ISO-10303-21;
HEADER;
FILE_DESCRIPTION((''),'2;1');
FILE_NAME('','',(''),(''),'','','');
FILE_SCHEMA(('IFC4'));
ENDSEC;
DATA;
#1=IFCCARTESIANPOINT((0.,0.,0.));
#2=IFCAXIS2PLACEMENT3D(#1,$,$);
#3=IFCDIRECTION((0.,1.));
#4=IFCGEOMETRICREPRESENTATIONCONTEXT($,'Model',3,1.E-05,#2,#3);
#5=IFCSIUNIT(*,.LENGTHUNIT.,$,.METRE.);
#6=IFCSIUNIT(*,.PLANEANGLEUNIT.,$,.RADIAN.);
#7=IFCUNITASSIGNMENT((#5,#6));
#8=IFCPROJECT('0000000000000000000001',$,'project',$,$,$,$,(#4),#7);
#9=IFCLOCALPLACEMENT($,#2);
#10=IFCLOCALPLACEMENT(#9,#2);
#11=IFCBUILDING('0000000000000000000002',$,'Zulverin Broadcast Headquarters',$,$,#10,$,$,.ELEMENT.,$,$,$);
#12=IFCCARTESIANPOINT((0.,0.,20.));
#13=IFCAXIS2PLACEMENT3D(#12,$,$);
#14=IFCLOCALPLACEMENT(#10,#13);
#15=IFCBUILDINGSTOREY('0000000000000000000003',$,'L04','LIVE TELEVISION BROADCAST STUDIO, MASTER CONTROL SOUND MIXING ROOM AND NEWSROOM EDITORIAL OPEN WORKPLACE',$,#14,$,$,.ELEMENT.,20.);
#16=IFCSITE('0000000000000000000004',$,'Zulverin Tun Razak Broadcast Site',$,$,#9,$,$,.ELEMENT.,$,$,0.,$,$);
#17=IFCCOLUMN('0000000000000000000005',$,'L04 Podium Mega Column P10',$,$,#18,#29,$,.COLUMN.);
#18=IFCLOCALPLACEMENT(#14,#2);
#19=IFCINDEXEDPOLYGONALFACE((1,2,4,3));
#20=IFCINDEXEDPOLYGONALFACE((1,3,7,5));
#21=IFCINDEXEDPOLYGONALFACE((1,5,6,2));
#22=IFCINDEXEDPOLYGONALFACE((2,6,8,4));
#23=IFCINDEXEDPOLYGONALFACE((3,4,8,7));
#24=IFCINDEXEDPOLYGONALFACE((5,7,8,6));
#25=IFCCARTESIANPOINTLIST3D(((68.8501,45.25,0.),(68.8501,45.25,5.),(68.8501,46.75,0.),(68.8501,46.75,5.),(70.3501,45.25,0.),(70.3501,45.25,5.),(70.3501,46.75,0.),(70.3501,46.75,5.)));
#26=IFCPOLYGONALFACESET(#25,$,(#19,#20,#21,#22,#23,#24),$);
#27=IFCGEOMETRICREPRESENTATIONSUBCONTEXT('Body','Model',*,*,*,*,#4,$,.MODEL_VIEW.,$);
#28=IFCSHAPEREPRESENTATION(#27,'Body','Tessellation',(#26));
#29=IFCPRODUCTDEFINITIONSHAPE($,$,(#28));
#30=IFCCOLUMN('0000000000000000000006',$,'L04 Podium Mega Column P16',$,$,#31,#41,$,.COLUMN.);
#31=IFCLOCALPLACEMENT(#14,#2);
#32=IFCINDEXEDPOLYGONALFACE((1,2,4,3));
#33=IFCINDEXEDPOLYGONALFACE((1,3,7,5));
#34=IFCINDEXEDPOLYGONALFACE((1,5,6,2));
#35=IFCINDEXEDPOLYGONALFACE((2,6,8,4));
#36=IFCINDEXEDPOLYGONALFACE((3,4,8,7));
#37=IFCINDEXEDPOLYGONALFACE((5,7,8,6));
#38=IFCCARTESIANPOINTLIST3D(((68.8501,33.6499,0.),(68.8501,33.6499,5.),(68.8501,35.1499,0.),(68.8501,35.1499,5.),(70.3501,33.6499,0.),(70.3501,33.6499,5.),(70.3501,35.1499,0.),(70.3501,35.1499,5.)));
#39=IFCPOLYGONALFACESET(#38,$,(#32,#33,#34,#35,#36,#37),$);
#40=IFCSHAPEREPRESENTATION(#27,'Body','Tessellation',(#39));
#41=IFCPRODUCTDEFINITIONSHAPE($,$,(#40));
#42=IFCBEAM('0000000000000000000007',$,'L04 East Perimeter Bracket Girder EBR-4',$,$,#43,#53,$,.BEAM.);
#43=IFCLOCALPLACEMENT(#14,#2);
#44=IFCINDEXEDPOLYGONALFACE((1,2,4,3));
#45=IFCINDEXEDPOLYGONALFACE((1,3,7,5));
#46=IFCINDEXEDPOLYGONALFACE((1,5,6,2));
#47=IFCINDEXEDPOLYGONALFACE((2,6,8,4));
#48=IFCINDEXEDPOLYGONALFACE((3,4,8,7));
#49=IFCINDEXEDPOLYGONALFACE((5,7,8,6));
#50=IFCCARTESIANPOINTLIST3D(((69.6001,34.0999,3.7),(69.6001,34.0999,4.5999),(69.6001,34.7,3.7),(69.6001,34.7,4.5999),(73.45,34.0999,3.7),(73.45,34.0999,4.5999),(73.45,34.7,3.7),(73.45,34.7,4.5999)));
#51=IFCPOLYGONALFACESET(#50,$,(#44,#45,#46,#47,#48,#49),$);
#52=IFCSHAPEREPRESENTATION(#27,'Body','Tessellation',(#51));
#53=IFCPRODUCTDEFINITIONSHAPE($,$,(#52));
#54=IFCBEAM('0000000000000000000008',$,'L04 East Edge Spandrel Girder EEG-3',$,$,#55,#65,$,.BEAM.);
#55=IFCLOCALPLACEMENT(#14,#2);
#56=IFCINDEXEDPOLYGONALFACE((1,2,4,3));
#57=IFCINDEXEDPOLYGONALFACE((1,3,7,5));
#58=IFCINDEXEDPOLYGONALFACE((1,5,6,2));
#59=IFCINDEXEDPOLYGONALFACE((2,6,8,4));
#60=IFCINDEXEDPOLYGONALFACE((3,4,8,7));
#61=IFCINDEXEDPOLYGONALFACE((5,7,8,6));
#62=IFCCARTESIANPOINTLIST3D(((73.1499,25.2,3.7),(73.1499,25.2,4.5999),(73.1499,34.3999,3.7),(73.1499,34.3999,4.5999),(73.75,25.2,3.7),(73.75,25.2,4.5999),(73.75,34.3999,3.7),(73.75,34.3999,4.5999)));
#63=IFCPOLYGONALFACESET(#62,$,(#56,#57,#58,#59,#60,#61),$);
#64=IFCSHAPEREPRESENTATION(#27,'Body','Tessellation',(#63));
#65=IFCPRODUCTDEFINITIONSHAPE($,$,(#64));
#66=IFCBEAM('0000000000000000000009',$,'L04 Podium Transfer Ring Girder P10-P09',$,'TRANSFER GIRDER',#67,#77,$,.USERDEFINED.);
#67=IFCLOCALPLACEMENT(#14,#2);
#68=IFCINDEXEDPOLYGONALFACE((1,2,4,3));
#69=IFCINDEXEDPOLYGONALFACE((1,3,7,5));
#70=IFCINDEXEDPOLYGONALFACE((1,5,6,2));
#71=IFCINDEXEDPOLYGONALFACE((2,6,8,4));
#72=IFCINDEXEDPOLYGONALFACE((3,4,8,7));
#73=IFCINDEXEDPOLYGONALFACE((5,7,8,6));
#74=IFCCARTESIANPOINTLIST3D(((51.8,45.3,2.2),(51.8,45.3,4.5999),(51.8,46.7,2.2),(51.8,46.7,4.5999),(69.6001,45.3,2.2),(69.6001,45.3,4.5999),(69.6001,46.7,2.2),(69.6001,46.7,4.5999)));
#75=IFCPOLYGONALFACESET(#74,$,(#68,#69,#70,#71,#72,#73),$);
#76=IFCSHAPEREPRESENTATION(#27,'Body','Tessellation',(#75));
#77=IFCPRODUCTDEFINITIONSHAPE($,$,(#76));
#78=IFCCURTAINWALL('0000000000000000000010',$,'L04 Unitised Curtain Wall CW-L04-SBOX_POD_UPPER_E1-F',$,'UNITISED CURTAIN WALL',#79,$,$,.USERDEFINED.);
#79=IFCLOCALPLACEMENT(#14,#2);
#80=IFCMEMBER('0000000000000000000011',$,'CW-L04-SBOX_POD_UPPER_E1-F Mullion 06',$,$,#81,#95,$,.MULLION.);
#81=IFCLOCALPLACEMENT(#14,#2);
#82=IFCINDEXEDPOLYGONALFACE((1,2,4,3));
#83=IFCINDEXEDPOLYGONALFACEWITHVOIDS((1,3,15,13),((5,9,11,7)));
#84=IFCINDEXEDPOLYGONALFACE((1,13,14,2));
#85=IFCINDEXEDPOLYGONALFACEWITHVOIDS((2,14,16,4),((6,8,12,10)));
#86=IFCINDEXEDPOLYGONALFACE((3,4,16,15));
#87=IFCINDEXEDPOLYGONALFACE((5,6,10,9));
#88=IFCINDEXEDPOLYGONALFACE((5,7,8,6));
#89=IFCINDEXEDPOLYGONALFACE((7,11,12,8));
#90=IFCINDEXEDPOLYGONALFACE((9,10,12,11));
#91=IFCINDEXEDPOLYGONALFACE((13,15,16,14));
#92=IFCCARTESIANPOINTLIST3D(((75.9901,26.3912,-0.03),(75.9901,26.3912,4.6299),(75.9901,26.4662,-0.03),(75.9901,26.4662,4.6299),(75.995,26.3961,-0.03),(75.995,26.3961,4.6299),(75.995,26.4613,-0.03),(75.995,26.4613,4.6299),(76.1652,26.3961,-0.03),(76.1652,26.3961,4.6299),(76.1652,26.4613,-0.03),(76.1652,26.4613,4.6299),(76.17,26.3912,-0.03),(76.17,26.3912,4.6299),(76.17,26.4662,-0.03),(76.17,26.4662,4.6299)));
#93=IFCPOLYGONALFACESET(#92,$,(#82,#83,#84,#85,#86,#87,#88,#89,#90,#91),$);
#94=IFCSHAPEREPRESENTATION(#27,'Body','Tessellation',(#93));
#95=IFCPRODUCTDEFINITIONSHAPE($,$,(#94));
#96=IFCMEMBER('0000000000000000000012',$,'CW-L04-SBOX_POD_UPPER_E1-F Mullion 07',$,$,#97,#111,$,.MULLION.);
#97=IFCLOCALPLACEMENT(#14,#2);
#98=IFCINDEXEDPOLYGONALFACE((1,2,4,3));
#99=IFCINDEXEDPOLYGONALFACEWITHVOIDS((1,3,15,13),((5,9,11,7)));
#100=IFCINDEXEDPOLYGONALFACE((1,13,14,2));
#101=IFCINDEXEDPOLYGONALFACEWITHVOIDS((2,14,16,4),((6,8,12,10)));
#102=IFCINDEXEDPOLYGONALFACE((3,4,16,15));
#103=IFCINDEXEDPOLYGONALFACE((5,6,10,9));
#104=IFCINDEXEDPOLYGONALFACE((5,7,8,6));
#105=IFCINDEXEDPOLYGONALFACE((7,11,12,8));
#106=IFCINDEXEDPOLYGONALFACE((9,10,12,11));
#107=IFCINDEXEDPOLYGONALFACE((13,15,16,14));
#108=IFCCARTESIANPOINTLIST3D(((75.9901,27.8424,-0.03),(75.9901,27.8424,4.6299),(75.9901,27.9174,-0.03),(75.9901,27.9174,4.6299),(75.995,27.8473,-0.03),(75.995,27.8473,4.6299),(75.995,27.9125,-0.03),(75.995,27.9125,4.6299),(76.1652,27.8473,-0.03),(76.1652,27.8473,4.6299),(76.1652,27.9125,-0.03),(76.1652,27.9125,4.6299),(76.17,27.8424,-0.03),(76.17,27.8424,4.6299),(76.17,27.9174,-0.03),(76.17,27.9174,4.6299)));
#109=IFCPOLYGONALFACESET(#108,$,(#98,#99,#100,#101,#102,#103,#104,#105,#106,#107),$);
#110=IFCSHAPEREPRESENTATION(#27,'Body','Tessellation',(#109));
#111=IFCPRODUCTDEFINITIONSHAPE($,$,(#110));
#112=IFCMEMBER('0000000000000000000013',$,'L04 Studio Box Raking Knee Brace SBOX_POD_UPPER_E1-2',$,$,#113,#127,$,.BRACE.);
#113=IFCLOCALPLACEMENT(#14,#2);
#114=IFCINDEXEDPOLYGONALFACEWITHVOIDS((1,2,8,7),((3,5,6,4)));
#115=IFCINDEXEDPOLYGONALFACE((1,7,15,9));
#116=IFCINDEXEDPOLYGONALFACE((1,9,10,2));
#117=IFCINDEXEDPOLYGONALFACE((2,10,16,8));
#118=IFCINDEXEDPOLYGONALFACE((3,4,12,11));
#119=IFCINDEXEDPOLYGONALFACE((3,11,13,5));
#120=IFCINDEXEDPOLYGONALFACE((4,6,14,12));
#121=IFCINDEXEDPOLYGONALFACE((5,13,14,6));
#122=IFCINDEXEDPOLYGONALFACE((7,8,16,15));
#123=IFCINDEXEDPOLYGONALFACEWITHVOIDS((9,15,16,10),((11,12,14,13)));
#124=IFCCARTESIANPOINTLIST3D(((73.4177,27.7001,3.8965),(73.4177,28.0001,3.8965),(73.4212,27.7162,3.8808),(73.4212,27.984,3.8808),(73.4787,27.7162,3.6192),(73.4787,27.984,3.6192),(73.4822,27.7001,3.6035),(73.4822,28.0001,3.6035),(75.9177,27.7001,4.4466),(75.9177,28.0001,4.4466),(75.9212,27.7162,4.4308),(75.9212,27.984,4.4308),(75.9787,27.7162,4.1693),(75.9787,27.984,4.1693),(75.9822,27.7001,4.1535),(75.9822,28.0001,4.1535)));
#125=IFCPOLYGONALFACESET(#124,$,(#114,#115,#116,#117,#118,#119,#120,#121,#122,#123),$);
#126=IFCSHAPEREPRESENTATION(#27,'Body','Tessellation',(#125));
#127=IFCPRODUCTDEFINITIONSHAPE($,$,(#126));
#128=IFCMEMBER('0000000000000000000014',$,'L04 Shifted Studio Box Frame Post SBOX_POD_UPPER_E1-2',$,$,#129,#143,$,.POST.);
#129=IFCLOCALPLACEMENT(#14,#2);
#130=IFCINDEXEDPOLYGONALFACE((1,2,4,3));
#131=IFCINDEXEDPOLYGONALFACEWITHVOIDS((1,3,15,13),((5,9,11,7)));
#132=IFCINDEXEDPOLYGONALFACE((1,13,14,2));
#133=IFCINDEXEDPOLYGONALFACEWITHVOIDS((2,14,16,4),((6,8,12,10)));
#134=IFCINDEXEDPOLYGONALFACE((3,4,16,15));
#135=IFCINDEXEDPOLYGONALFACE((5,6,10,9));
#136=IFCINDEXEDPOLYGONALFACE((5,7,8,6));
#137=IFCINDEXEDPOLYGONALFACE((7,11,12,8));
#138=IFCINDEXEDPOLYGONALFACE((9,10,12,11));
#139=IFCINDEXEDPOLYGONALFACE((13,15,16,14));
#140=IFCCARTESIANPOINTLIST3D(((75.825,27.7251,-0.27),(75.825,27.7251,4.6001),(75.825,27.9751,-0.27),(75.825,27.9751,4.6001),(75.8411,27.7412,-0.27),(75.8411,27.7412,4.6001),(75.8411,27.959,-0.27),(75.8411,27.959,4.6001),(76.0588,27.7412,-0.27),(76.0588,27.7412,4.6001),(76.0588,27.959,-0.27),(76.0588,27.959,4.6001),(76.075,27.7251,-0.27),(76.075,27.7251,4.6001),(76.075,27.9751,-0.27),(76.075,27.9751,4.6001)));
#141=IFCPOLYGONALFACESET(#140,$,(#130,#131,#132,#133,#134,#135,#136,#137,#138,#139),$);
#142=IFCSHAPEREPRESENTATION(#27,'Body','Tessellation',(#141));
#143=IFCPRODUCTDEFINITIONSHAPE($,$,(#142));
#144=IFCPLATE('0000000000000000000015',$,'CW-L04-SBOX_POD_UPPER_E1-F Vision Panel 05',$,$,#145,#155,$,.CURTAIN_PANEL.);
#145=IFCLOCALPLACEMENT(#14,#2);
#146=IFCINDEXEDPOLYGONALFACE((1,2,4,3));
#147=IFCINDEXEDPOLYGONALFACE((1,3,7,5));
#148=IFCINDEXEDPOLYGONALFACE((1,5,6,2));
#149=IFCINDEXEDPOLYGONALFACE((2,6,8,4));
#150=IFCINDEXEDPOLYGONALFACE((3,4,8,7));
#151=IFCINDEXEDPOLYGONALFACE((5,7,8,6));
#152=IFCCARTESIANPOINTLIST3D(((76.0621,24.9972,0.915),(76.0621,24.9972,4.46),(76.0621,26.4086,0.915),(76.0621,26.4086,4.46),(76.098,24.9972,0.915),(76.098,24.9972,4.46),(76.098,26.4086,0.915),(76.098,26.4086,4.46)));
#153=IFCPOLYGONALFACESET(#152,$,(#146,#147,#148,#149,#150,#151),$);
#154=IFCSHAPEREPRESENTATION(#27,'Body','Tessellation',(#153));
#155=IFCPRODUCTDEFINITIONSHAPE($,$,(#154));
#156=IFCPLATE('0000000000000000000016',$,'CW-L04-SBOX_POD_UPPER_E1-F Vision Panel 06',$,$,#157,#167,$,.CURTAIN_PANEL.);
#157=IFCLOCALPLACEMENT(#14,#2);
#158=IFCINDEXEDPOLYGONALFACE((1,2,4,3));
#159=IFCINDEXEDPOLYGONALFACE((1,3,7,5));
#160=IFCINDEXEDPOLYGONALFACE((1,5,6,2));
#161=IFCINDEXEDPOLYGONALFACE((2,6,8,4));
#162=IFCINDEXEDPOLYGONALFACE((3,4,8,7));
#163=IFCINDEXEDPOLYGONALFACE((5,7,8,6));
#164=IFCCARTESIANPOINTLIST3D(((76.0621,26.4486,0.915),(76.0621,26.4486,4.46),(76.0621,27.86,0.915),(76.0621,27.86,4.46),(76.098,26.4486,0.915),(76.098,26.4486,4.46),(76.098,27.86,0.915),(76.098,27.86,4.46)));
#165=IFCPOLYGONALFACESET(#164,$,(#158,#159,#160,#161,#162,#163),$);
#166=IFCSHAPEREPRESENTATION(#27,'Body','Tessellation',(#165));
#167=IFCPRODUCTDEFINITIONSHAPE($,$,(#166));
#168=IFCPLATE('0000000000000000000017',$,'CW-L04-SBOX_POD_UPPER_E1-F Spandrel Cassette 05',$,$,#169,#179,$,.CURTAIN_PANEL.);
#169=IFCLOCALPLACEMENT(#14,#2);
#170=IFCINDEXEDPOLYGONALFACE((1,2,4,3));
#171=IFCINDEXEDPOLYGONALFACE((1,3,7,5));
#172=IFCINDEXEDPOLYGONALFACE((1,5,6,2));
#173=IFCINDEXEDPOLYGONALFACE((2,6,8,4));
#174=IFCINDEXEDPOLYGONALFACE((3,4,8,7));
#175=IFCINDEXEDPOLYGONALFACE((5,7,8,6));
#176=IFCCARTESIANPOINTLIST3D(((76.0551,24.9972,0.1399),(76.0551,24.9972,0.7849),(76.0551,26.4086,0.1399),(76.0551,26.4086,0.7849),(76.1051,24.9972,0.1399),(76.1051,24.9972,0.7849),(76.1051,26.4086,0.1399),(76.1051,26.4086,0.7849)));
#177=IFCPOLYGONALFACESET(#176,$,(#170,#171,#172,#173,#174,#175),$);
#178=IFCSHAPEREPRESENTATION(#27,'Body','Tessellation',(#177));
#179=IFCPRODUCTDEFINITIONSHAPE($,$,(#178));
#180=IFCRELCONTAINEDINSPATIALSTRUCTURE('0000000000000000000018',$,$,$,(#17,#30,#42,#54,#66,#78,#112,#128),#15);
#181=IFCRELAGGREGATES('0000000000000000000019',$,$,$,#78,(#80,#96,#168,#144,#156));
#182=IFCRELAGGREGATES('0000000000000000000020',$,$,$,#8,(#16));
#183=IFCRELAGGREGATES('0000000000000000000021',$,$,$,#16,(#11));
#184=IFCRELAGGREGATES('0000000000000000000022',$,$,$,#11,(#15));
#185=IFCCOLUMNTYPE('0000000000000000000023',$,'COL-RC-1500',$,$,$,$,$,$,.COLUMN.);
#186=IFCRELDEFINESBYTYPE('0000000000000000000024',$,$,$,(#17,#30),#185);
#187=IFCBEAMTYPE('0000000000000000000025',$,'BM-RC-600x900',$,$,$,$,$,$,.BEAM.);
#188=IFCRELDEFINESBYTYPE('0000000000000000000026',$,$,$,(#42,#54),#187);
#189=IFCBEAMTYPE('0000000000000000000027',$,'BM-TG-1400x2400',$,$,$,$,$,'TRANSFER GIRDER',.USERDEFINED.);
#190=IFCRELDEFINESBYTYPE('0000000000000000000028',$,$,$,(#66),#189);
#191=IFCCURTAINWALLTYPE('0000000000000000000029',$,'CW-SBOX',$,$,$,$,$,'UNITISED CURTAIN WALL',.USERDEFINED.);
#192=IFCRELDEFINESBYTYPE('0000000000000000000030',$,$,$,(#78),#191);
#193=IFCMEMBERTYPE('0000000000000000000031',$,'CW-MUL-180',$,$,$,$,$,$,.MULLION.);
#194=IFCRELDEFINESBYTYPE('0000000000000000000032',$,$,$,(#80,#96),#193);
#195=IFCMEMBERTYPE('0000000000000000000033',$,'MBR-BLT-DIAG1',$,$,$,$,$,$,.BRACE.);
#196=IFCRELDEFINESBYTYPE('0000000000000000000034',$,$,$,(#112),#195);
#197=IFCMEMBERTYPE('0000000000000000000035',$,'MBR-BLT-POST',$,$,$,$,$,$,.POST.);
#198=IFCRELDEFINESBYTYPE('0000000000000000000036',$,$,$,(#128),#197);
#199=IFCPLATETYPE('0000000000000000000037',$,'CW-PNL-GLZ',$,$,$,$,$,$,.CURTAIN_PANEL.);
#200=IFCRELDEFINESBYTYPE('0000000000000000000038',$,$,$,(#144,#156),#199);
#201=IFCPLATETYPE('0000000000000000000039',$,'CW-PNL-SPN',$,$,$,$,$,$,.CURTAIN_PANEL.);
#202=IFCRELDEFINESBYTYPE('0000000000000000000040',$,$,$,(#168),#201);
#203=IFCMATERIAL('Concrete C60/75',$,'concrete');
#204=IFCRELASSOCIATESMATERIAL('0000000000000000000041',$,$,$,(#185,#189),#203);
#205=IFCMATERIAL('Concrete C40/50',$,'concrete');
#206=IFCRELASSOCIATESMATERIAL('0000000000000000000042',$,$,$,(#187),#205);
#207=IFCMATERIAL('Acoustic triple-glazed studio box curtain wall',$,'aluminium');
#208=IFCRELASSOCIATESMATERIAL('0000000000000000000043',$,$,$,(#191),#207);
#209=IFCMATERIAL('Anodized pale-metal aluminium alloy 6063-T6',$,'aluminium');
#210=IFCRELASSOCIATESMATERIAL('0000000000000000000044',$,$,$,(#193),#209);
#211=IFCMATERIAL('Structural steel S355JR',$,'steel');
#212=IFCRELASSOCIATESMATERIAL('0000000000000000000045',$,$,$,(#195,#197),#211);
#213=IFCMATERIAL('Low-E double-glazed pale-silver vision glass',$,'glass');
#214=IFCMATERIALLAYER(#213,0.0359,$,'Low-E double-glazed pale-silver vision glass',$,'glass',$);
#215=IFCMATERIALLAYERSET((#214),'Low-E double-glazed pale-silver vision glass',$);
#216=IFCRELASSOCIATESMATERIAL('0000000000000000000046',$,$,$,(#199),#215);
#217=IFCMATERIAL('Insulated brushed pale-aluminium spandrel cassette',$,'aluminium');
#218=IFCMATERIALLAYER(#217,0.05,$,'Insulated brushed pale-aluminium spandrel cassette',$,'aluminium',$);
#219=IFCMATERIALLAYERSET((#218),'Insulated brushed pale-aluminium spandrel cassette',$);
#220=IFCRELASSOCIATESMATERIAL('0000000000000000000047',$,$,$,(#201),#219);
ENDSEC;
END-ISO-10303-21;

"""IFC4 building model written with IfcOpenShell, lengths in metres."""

from ifc_helpers import new_model, si_unit, direction, frame, origin, origin_2d, place, context, subcontext, project, spatial, rectangle, hollow_rectangle, extrude, material, layer, layer_set, material_profile, profile_set, type_object, element, aggregate, save


model = new_model("IFC4")

# Units and contexts
model_context = context("Model", 3, precision=1e-05, world=origin(), true_north=direction((0.0, 1.0)))
body_context = subcontext(model_context, "Body", "Model", "MODEL_VIEW")
ifc_project = project(units=[si_unit("LENGTHUNIT", "METRE"), si_unit("PLANEANGLEUNIT", "RADIAN")], contexts=[model_context])

# Site, building, storey
site_placement = place(None, origin())
site = spatial("IfcSite", under=ifc_project, at=site_placement, Name="Zulverin Tun Razak Broadcast Site", CompositionType="ELEMENT", RefElevation=0.0)
building_placement = place(site_placement, origin())
building = spatial("IfcBuilding", under=site, at=building_placement, Name="Zulverin Broadcast Headquarters", CompositionType="ELEMENT")
storey_placement = place(building_placement, frame((0.0, 0.0, 20.0)))
storey = spatial("IfcBuildingStorey", under=building, at=storey_placement, Name="L04", Description="LIVE TELEVISION BROADCAST STUDIO, MASTER CONTROL SOUND MIXING ROOM AND NEWSROOM EDITORIAL OPEN WORKPLACE", CompositionType="ELEMENT", Elevation=20.0)

# Columns
ifc_material_1 = material(Name="Concrete C60/75", Category="concrete")
ifc_material_profile_1 = material_profile(ifc_material_1, rectangle(XDim=1.5, YDim=1.5, at=origin_2d()), Name="Concrete C60/75", Category="concrete")
ifc_profile_set_1 = profile_set([ifc_material_profile_1], Name="Concrete C60/75")
column_type = type_object("IfcColumnType", Name="COL-RC-1500", PredefinedType="COLUMN", material=ifc_profile_set_1)
for number, where, z_axis, x_axis, name in (
    (1, (69.6001, 46.0, 0.0), (0.0, 0.0, 1.0), (1.0, 0.0, 0.0), "L04 Podium Mega Column P10"),
    (2, (69.6001, 34.3999, 0.0), (0.0, 0.0, 1.0), (1.0, 0.0, 0.0), "L04 Podium Mega Column P16"),
):
    element("IfcColumn", number, at=place(storey_placement, frame(where, z_axis=z_axis, x_axis=x_axis)), inside=storey, type_object=column_type, Name=name, PredefinedType="COLUMN", context=body_context, shape_type="SweptSolid", body=[
        extrude(rectangle(XDim=1.5, YDim=1.5, at=origin_2d()), origin(), (0.0, 0.0, 1.0), 5.0),
    ])

# Beams
ifc_material_2 = material(Name="Concrete C40/50", Category="concrete")
ifc_material_profile_2 = material_profile(ifc_material_2, rectangle(XDim=0.6001, YDim=0.8999, at=origin_2d()), Name="Concrete C40/50", Category="concrete")
ifc_profile_set_2 = profile_set([ifc_material_profile_2], Name="Concrete C40/50")
beam_type_1 = type_object("IfcBeamType", Name="BM-RC-600x900", PredefinedType="BEAM", material=ifc_profile_set_2)
beam_1_placement = place(storey_placement, frame((69.6001, 34.3999, 4.1499), z_axis=(1.0, 0.0, 0.0), x_axis=(0.0, 1.0, 0.0)))
element("IfcBeam", 3, at=beam_1_placement, inside=storey, type_object=beam_type_1, Name="L04 East Perimeter Bracket Girder EBR-4", PredefinedType="BEAM", context=body_context, shape_type="SweptSolid", body=[
    extrude(rectangle(XDim=0.6001, YDim=0.8999, at=origin_2d()), origin(), (0.0, 0.0, 1.0), 3.8499),
])
beam_2_placement = place(storey_placement, frame((73.45, 25.2, 4.1499), z_axis=(0.0, 1.0, 0.0), x_axis=(-1.0, 0.0, 0.0)))
element("IfcBeam", 4, at=beam_2_placement, inside=storey, type_object=beam_type_1, Name="L04 East Edge Spandrel Girder EEG-3", PredefinedType="BEAM", context=body_context, shape_type="SweptSolid", body=[
    extrude(rectangle(XDim=0.6001, YDim=0.8999, at=origin_2d()), origin(), (0.0, 0.0, 1.0), 9.2),
])
ifc_material_profile_3 = material_profile(ifc_material_1, rectangle(XDim=1.3999, YDim=2.3999, at=origin_2d()), Name="Concrete C60/75", Category="concrete")
ifc_profile_set_3 = profile_set([ifc_material_profile_3], Name="Concrete C60/75")
beam_type_2 = type_object("IfcBeamType", Name="BM-TG-1400x2400", ElementType="TRANSFER GIRDER", PredefinedType="USERDEFINED", material=ifc_profile_set_3)
beam_3_placement = place(storey_placement, frame((69.6001, 46.0, 3.3999), z_axis=(-1.0, 0.0, 0.0), x_axis=(0.0, -1.0, 0.0)))
element("IfcBeam", 5, at=beam_3_placement, inside=storey, type_object=beam_type_2, Name="L04 Podium Transfer Ring Girder P10-P09", ObjectType="TRANSFER GIRDER", PredefinedType="USERDEFINED", context=body_context, shape_type="SweptSolid", body=[
    extrude(rectangle(XDim=1.3999, YDim=2.3999, at=origin_2d()), origin(), (0.0, 0.0, 1.0), 17.8),
])

# Curtain wall, members
ifc_material_3 = material(Name="Acoustic triple-glazed studio box curtain wall", Category="aluminium")
curtain_wall_type = type_object("IfcCurtainWallType", Name="CW-SBOX", ElementType="UNITISED CURTAIN WALL", PredefinedType="USERDEFINED", material=ifc_material_3)
curtain_wall_placement = place(storey_placement, origin())
curtain_wall = element("IfcCurtainWall", 6, at=curtain_wall_placement, inside=storey, type_object=curtain_wall_type, Name="L04 Unitised Curtain Wall CW-L04-SBOX_POD_UPPER_E1-F", ObjectType="UNITISED CURTAIN WALL", PredefinedType="USERDEFINED")
ifc_material_4 = material(Name="Anodized pale-metal aluminium alloy 6063-T6", Category="aluminium")
ifc_material_profile_4 = material_profile(ifc_material_4, hollow_rectangle(XDim=0.075, YDim=0.1799, WallThickness=0.0049, at=origin_2d()), Name="Anodized pale-metal aluminium alloy 6063-T6", Category="aluminium")
ifc_profile_set_4 = profile_set([ifc_material_profile_4], Name="Anodized pale-metal aluminium alloy 6063-T6")
member_type_1 = type_object("IfcMemberType", Name="CW-MUL-180", PredefinedType="MULLION", material=ifc_profile_set_4)
member_1_placement = place(storey_placement, frame((76.0801, 26.4287, -0.03), z_axis=(0.0, 0.0, 1.0), x_axis=(0.0, 1.0, 0.0)))
member_1 = element("IfcMember", 7, at=member_1_placement, type_object=member_type_1, Name="CW-L04-SBOX_POD_UPPER_E1-F Mullion 06", PredefinedType="MULLION", context=body_context, shape_type="SweptSolid", body=[
    extrude(hollow_rectangle(XDim=0.075, YDim=0.1799, WallThickness=0.0049, at=origin_2d()), origin(), (0.0, 0.0, 1.0), 4.6599),
])
member_2_placement = place(storey_placement, frame((76.0801, 27.8799, -0.03), z_axis=(0.0, 0.0, 1.0), x_axis=(0.0, 1.0, 0.0)))
member_2 = element("IfcMember", 8, at=member_2_placement, type_object=member_type_1, Name="CW-L04-SBOX_POD_UPPER_E1-F Mullion 07", PredefinedType="MULLION", context=body_context, shape_type="SweptSolid", body=[
    extrude(hollow_rectangle(XDim=0.075, YDim=0.1799, WallThickness=0.0049, at=origin_2d()), origin(), (0.0, 0.0, 1.0), 4.6599),
])

# Members
ifc_material_5 = material(Name="Structural steel S355JR", Category="steel")
ifc_material_profile_5 = material_profile(ifc_material_5, hollow_rectangle(XDim=0.3, YDim=0.3, WallThickness=0.0161, at=origin_2d()), Name="Structural steel S355JR", Category="steel")
ifc_profile_set_5 = profile_set([ifc_material_profile_5], Name="Structural steel S355JR")
member_type_2 = type_object("IfcMemberType", Name="MBR-BLT-DIAG1", PredefinedType="BRACE", material=ifc_profile_set_5)
member_3_placement = place(storey_placement, frame((73.45, 27.8501, 3.75), z_axis=(0.97664, 0.0, 0.21488), x_axis=(0.0, 1.0, 0.0)))
element("IfcMember", 9, at=member_3_placement, inside=storey, type_object=member_type_2, Name="L04 Studio Box Raking Knee Brace SBOX_POD_UPPER_E1-2", PredefinedType="BRACE", context=body_context, shape_type="SweptSolid", body=[
    extrude(hollow_rectangle(XDim=0.3, YDim=0.3, WallThickness=0.0161, at=origin_2d()), origin(), (0.0, 0.0, 1.0), 2.5598),
])
ifc_material_profile_6 = material_profile(ifc_material_5, hollow_rectangle(XDim=0.25, YDim=0.25, WallThickness=0.0161, at=origin_2d()), Name="Structural steel S355JR", Category="steel")
ifc_profile_set_6 = profile_set([ifc_material_profile_6], Name="Structural steel S355JR")
member_type_3 = type_object("IfcMemberType", Name="MBR-BLT-POST", PredefinedType="POST", material=ifc_profile_set_6)
member_4_placement = place(storey_placement, frame((75.95, 27.8501, -0.27), z_axis=(0.0, 0.0, 1.0), x_axis=(1.0, 0.0, 0.0)))
element("IfcMember", 10, at=member_4_placement, inside=storey, type_object=member_type_3, Name="L04 Shifted Studio Box Frame Post SBOX_POD_UPPER_E1-2", PredefinedType="POST", context=body_context, shape_type="SweptSolid", body=[
    extrude(hollow_rectangle(XDim=0.25, YDim=0.25, WallThickness=0.0161, at=origin_2d()), origin(), (0.0, 0.0, 1.0), 4.8701),
])

# Plates
ifc_material_6 = material(Name="Low-E double-glazed pale-silver vision glass", Category="glass")
ifc_layer_1 = layer(ifc_material_6, 0.0359, Name="Low-E double-glazed pale-silver vision glass", Category="glass")
ifc_layer_set_1 = layer_set([ifc_layer_1], Name="Low-E double-glazed pale-silver vision glass")
plate_type_1 = type_object("IfcPlateType", Name="CW-PNL-GLZ", PredefinedType="CURTAIN_PANEL", material=ifc_layer_set_1)
plate_1_placement = place(storey_placement, frame((76.0801, 25.7029, 0.915), z_axis=(0.0, 0.0, 1.0), x_axis=(0.0, 1.0, 0.0)))
plate_1 = element("IfcPlate", 11, at=plate_1_placement, type_object=plate_type_1, Name="CW-L04-SBOX_POD_UPPER_E1-F Vision Panel 05", PredefinedType="CURTAIN_PANEL", context=body_context, shape_type="SweptSolid", body=[
    extrude(rectangle(XDim=1.4114, YDim=0.0359, at=origin_2d()), origin(), (0.0, 0.0, 1.0), 3.5449),
])
plate_2_placement = place(storey_placement, frame((76.0801, 27.1543, 0.915), z_axis=(0.0, 0.0, 1.0), x_axis=(0.0, 1.0, 0.0)))
plate_2 = element("IfcPlate", 12, at=plate_2_placement, type_object=plate_type_1, Name="CW-L04-SBOX_POD_UPPER_E1-F Vision Panel 06", PredefinedType="CURTAIN_PANEL", context=body_context, shape_type="SweptSolid", body=[
    extrude(rectangle(XDim=1.4114, YDim=0.0359, at=origin_2d()), origin(), (0.0, 0.0, 1.0), 3.5449),
])
ifc_material_7 = material(Name="Insulated brushed pale-aluminium spandrel cassette", Category="aluminium")
ifc_layer_2 = layer(ifc_material_7, 0.05, Name="Insulated brushed pale-aluminium spandrel cassette", Category="aluminium")
ifc_layer_set_2 = layer_set([ifc_layer_2], Name="Insulated brushed pale-aluminium spandrel cassette")
plate_type_2 = type_object("IfcPlateType", Name="CW-PNL-SPN", PredefinedType="CURTAIN_PANEL", material=ifc_layer_set_2)
plate_3_placement = place(storey_placement, frame((76.0801, 25.7029, 0.1399), z_axis=(0.0, 0.0, 1.0), x_axis=(0.0, 1.0, 0.0)))
plate_3 = element("IfcPlate", 13, at=plate_3_placement, type_object=plate_type_2, Name="CW-L04-SBOX_POD_UPPER_E1-F Spandrel Cassette 05", PredefinedType="CURTAIN_PANEL", context=body_context, shape_type="SweptSolid", body=[
    extrude(rectangle(XDim=1.4114, YDim=0.05, at=origin_2d()), origin(), (0.0, 0.0, 1.0), 0.645),
])
aggregate(curtain_wall, [member_1, member_2, plate_3, plate_1, plate_2])

save(model, "model.ifc")
